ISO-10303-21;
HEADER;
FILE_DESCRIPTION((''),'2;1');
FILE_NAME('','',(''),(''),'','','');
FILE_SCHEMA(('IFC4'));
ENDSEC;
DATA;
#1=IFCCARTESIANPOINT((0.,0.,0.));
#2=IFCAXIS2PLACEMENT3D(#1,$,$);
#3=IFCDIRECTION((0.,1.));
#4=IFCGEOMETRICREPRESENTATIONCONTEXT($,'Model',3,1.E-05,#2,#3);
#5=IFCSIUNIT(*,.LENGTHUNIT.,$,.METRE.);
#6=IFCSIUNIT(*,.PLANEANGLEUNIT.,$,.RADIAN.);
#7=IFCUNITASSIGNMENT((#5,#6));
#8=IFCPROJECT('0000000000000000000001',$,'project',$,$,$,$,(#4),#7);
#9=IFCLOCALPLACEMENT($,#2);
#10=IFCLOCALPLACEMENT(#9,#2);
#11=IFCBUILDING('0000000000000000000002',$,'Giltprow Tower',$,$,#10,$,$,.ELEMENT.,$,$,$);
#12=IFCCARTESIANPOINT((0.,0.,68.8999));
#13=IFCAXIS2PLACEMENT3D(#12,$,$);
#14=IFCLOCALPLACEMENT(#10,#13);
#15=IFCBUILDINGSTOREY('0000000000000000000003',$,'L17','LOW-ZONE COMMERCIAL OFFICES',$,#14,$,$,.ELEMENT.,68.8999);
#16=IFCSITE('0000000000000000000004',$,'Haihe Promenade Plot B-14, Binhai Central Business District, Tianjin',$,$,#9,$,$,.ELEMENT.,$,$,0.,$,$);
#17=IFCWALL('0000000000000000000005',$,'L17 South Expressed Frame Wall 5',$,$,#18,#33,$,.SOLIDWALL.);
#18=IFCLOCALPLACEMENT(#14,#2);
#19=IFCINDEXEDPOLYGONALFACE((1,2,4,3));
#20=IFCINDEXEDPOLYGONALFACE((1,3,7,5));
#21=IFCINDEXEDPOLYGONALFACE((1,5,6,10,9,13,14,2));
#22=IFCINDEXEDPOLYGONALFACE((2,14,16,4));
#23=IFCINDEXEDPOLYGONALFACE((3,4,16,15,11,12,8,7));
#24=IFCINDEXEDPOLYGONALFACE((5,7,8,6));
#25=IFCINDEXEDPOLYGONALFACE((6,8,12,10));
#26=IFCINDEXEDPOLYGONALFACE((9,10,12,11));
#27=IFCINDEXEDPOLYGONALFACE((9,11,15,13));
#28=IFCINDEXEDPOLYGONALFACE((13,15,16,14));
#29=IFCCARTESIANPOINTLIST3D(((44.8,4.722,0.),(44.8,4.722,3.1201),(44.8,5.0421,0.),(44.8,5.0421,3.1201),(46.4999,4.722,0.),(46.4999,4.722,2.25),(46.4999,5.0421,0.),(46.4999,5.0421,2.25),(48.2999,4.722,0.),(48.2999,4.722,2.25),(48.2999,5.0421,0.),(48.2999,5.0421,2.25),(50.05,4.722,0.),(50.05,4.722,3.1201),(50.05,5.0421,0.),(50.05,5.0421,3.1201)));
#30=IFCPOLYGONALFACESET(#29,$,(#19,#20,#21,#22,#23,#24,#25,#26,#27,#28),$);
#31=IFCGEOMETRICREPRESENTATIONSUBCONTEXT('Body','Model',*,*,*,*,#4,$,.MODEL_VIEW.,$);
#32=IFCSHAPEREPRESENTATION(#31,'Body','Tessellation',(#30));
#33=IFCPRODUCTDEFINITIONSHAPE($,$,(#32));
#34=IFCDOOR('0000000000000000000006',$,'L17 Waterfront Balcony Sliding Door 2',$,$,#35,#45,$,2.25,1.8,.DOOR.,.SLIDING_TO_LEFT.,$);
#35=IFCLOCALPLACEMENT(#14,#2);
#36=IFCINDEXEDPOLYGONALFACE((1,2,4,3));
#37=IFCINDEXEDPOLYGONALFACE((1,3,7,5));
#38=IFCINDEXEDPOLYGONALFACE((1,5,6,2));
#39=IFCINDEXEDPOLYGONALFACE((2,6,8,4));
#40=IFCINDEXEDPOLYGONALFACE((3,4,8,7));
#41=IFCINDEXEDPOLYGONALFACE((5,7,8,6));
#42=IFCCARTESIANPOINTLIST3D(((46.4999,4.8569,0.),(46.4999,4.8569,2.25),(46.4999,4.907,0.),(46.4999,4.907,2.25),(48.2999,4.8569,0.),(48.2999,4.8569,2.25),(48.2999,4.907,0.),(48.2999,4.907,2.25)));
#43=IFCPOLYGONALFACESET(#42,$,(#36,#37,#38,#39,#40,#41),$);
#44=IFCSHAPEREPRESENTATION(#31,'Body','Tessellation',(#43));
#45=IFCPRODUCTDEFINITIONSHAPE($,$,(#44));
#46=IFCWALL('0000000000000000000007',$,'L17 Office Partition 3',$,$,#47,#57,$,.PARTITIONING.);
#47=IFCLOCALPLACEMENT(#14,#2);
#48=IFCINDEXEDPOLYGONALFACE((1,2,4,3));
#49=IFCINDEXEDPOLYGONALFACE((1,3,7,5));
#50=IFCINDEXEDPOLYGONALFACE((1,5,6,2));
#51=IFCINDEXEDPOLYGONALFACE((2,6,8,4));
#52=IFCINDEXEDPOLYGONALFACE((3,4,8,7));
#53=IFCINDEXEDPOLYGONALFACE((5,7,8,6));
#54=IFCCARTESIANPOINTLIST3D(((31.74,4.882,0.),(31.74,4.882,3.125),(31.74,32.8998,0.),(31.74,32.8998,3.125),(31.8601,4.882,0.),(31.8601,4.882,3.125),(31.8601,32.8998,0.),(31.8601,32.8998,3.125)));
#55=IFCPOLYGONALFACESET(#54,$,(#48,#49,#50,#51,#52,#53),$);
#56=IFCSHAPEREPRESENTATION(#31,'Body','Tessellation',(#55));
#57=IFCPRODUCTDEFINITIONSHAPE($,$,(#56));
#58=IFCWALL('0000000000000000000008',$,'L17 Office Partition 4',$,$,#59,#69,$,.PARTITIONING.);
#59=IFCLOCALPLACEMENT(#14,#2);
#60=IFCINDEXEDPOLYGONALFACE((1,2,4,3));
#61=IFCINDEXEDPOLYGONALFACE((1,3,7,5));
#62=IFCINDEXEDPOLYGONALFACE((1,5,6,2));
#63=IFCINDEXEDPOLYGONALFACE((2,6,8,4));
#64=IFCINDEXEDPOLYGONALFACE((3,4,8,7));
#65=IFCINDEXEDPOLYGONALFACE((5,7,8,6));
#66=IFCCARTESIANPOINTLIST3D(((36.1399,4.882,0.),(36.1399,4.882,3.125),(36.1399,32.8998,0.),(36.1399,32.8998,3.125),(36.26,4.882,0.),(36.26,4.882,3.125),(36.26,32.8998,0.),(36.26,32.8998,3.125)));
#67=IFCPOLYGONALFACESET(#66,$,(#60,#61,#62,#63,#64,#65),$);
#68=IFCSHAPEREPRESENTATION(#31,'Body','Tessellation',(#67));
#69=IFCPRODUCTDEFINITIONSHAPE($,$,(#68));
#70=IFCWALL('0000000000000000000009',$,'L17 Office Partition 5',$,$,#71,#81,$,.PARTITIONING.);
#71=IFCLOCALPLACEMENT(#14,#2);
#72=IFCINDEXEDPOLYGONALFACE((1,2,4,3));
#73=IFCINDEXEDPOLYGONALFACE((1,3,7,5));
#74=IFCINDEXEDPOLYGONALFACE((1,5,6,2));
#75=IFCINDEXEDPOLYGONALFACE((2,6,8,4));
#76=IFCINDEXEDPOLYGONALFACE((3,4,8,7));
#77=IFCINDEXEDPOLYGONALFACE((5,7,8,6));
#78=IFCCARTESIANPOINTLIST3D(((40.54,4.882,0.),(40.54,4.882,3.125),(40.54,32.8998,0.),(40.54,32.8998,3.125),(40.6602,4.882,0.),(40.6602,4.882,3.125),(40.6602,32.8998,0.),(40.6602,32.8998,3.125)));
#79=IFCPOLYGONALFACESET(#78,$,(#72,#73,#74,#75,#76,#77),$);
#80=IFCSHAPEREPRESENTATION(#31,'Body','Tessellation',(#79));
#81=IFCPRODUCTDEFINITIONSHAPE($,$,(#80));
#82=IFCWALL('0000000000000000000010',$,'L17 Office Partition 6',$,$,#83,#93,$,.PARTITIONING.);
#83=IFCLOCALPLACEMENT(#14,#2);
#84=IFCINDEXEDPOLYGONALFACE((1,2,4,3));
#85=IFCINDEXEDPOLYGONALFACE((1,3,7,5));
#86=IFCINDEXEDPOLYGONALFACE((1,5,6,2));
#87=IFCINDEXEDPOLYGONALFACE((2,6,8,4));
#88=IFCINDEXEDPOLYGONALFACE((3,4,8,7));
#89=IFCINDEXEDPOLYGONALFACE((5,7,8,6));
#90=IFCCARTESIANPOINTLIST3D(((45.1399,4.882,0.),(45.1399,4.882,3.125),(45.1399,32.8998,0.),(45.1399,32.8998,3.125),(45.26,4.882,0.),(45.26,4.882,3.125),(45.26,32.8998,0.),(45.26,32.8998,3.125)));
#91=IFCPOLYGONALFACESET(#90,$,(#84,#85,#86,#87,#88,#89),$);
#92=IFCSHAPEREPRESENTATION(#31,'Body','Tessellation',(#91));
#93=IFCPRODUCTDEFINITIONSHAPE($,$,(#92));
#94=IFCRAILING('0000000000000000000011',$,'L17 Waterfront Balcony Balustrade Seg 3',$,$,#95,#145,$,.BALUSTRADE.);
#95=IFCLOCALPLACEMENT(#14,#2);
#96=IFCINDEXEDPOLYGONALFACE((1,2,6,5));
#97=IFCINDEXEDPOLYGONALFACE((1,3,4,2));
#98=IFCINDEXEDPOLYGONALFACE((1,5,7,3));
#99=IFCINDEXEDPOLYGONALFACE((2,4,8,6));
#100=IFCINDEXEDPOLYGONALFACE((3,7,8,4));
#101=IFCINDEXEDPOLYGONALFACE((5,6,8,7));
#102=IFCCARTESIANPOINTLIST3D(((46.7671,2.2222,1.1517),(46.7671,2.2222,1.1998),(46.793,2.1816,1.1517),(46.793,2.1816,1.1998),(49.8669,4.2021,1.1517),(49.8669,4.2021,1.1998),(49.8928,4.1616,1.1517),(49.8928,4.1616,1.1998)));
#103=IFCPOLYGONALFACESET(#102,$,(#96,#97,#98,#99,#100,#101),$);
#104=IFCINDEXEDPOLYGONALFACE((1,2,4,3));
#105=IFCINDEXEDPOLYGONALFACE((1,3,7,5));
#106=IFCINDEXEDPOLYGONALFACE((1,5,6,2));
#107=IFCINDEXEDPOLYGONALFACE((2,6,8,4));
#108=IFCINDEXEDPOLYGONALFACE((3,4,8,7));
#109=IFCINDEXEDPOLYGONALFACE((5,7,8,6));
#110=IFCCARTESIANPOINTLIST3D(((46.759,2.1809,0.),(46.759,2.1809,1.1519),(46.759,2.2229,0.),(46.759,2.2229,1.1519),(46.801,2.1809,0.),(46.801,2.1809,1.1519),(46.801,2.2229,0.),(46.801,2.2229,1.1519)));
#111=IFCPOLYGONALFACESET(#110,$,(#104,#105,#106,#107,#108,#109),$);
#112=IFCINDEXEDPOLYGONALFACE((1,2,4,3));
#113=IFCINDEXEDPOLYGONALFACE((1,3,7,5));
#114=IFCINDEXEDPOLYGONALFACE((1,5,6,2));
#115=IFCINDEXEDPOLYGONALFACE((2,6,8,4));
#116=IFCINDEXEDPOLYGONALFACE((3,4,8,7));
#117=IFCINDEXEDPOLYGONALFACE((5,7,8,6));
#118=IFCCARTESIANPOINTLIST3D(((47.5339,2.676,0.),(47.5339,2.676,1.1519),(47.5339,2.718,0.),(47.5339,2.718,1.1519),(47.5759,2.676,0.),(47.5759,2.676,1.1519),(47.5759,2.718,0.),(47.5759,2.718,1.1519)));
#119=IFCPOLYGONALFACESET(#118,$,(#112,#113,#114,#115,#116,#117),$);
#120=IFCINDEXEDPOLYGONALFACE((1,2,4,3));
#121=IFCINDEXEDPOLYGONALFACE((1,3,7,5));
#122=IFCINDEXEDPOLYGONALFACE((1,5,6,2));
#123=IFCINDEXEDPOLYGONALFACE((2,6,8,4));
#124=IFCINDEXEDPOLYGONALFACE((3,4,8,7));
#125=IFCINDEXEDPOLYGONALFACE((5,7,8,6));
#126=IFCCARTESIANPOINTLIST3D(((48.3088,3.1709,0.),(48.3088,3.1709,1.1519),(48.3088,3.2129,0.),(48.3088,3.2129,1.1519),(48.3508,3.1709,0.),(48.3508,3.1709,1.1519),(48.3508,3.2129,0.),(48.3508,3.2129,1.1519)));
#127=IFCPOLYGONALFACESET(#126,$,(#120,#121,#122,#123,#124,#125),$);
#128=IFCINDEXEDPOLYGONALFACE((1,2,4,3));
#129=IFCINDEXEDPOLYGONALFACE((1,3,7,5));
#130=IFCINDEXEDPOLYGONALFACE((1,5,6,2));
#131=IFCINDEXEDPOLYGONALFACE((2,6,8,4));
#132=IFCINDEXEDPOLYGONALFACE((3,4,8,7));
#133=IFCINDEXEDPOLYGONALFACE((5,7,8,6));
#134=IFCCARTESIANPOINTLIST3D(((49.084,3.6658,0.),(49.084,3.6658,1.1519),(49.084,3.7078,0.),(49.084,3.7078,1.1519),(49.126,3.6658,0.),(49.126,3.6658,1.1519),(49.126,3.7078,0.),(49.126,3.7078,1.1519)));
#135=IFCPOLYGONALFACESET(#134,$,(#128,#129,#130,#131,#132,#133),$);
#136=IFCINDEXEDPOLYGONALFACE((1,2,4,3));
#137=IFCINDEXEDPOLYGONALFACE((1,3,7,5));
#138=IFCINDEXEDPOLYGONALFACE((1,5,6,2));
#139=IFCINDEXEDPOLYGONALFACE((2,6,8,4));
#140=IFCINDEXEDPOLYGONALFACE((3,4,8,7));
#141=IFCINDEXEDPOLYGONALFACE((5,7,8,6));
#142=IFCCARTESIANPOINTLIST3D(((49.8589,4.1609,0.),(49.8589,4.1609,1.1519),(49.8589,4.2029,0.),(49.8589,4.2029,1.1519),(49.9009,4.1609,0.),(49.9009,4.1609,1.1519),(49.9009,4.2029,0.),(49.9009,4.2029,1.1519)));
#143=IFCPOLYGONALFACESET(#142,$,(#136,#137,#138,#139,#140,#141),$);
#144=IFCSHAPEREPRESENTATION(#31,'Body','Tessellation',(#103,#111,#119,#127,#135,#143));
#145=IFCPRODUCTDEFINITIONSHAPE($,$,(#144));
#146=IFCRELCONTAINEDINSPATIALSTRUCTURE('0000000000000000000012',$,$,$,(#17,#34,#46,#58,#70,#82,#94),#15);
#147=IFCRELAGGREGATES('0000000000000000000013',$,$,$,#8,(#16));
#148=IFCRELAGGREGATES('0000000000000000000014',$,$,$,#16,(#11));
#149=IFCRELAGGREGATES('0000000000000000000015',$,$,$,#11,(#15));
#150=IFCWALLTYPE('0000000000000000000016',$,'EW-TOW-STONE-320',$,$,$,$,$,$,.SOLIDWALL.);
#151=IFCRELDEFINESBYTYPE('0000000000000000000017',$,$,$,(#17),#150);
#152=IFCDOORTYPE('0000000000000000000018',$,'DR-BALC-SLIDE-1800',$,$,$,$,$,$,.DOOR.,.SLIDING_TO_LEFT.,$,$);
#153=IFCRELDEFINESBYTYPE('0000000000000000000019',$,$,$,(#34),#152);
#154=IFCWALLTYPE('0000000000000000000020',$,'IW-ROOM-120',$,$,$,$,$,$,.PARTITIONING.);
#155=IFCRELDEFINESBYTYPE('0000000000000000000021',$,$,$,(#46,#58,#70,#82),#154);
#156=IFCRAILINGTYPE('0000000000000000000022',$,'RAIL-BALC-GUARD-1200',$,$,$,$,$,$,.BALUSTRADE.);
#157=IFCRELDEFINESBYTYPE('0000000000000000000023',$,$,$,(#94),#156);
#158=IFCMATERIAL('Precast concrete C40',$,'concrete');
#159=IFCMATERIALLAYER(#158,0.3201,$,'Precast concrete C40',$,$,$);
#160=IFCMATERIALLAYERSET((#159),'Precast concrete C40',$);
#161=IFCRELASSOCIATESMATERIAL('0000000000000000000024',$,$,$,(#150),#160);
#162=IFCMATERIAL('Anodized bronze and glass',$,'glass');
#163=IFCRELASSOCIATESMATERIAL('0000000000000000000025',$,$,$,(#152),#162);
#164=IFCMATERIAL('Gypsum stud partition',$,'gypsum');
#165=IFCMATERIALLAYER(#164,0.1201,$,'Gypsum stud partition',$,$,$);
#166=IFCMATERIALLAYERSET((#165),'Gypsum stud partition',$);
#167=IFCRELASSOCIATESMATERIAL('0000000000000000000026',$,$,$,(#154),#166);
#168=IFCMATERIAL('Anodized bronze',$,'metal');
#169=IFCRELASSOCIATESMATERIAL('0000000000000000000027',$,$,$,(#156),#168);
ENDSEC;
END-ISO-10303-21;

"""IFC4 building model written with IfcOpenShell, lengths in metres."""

from ifc_helpers import new_model, si_unit, direction, frame, frame_2d, origin, origin_2d, place, context, subcontext, project, spatial, rectangle, extrude, source, transform, mapped, material, layer, layer_set, type_object, element, fill, save


model = new_model("IFC4")

# Units and contexts
model_context = context("Model", 3, precision=1e-05, world=origin(), true_north=direction((0.0, 1.0)))
body_context = subcontext(model_context, "Body", "Model", "MODEL_VIEW")
ifc_project = project(units=[si_unit("LENGTHUNIT", "METRE"), si_unit("PLANEANGLEUNIT", "RADIAN")], contexts=[model_context])

# Site, building, storey
site_placement = place(None, origin())
site = spatial("IfcSite", under=ifc_project, at=site_placement, Name="Haihe Promenade Plot B-14, Binhai Central Business District, Tianjin", CompositionType="ELEMENT", RefElevation=0.0)
building_placement = place(site_placement, origin())
building = spatial("IfcBuilding", under=site, at=building_placement, Name="Giltprow Tower", CompositionType="ELEMENT")
storey_placement = place(building_placement, frame((0.0, 0.0, 68.8999)))
storey = spatial("IfcBuildingStorey", under=building, at=storey_placement, Name="L17", Description="LOW-ZONE COMMERCIAL OFFICES", CompositionType="ELEMENT", Elevation=68.8999)

# Shared definitions
ifc_material_1 = material(Name="Anodized bronze", Category="metal")

# Shared definitions
ifc_material_2 = material(Name="Precast concrete C40", Category="concrete")
ifc_layer_1 = layer(ifc_material_2, 0.3201, Name="Precast concrete C40")
ifc_layer_set_1 = layer_set([ifc_layer_1], Name="Precast concrete C40")
wall_type_1 = type_object("IfcWallType", Name="EW-TOW-STONE-320", PredefinedType="SOLIDWALL", material=ifc_layer_set_1)

# Wall, opening, door
wall_placement = place(storey_placement, frame((44.8, 4.8821, 0.0), z_axis=(0.0, 0.0, 1.0), x_axis=(1.0, 0.0, 0.0)))
wall = element("IfcWall", 1, at=wall_placement, inside=storey, type_object=wall_type_1, Name="L17 South Expressed Frame Wall 5", PredefinedType="SOLIDWALL", context=body_context, shape_type="SweptSolid", body=[
    extrude(rectangle(XDim=5.25, YDim=0.3201, at=frame_2d((2.625, 0.0))), origin(), (0.0, 0.0, 1.0), 3.1201),
])
opening_placement = place(wall_placement, frame((1.7, 0.0, 0.0)))
opening = element("IfcOpeningElement", 2, at=opening_placement, cuts=wall, PredefinedType="OPENING", context=body_context, shape_type="SweptSolid", body=[
    extrude(rectangle(XDim=1.8, YDim=2.25, at=frame_2d((0.8999, 1.125))), frame((0.0, 0.1699, 0.0), z_axis=(0.0, -1.0, 0.0), x_axis=(1.0, 0.0, 0.0)), (0.0, 0.0, 1.0), 0.3401),
])
ifc_material_3 = material(Name="Anodized bronze and glass", Category="glass")
door_type = type_object("IfcDoorType", Name="DR-BALC-SLIDE-1800", OperationType="SLIDING_TO_LEFT", PredefinedType="DOOR", material=ifc_material_3)
shared_shape_1 = source(origin(), body_context, "Body", "SweptSolid", [
    extrude(rectangle(XDim=1.8, YDim=2.25, at=frame_2d((0.8999, 1.125))), frame((0.0, 0.0249, 0.0), z_axis=(0.0, -1.0, 0.0), x_axis=(1.0, 0.0, 0.0)), (0.0, 0.0, 1.0), 0.05),
])
door_placement = place(opening_placement, origin())
door = element("IfcDoor", 3, at=door_placement, inside=storey, type_object=door_type, Name="L17 Waterfront Balcony Sliding Door 2", OperationType="SLIDING_TO_LEFT", OverallHeight=2.25, OverallWidth=1.8, PredefinedType="DOOR", context=body_context, shape_type="MappedRepresentation", body=[
    mapped(shared_shape_1, transform((0.0, 0.0, 0.0), x_axis=(1.0, 0.0, 0.0), y_axis=(0.0, 1.0, 0.0), z_axis=(0.0, 0.0, 1.0), scale=1.0)),
])
fill(opening, door)

# Walls
ifc_material_4 = material(Name="Gypsum stud partition", Category="gypsum")
ifc_layer_2 = layer(ifc_material_4, 0.1201, Name="Gypsum stud partition")
ifc_layer_set_2 = layer_set([ifc_layer_2], Name="Gypsum stud partition")
wall_type_2 = type_object("IfcWallType", Name="IW-ROOM-120", PredefinedType="PARTITIONING", material=ifc_layer_set_2)
for number, where, z_axis, x_axis, name in (
    (4, (31.8, 4.8821, 0.0), (0.0, 0.0, 1.0), (0.0, 1.0, 0.0), "L17 Office Partition 3"),
    (5, (36.2, 4.8821, 0.0), (0.0, 0.0, 1.0), (0.0, 1.0, 0.0), "L17 Office Partition 4"),
    (6, (40.6001, 4.8821, 0.0), (0.0, 0.0, 1.0), (0.0, 1.0, 0.0), "L17 Office Partition 5"),
    (7, (45.2, 4.8821, 0.0), (0.0, 0.0, 1.0), (0.0, 1.0, 0.0), "L17 Office Partition 6"),
):
    element("IfcWall", number, at=place(storey_placement, frame(where, z_axis=z_axis, x_axis=x_axis)), inside=storey, type_object=wall_type_2, Name=name, PredefinedType="PARTITIONING", context=body_context, shape_type="SweptSolid", body=[
        extrude(rectangle(XDim=28.0178, YDim=0.1201, at=frame_2d((14.0088, 0.0))), origin(), (0.0, 0.0, 1.0), 3.125),
    ])

# Railing
railing_type = type_object("IfcRailingType", Name="RAIL-BALC-GUARD-1200", PredefinedType="BALUSTRADE", material=ifc_material_1)
railing_1_placement = place(storey_placement, frame((46.78, 2.2019, 0.0)))
element("IfcRailing", 8, at=railing_1_placement, inside=storey, type_object=railing_type, Name="L17 Waterfront Balcony Balustrade Seg 3", PredefinedType="BALUSTRADE", context=body_context, shape_type="SweptSolid", body=[
    extrude(rectangle(XDim=0.0481, YDim=0.0481, at=origin_2d()), frame((0.0, 0.0, 1.1758), z_axis=(0.842756, 0.538296, 0.0), x_axis=(-0.538296, 0.842756, 0.0)), (0.0, 0.0, 1.0), 3.6782),
    extrude(rectangle(XDim=0.042, YDim=0.042, at=origin_2d()), origin(), (0.0, 0.0, 1.0), 1.1519),
    extrude(rectangle(XDim=0.042, YDim=0.042, at=origin_2d()), frame((0.7749, 0.4951, 0.0)), (0.0, 0.0, 1.0), 1.1519),
    extrude(rectangle(XDim=0.042, YDim=0.042, at=origin_2d()), frame((1.5498, 0.99, 0.0)), (0.0, 0.0, 1.0), 1.1519),
    extrude(rectangle(XDim=0.042, YDim=0.042, at=origin_2d()), frame((2.325, 1.4849, 0.0)), (0.0, 0.0, 1.0), 1.1519),
    extrude(rectangle(XDim=0.042, YDim=0.042, at=origin_2d()), frame((3.0999, 1.98, 0.0)), (0.0, 0.0, 1.0), 1.1519),
])

save(model, "model.ifc")
